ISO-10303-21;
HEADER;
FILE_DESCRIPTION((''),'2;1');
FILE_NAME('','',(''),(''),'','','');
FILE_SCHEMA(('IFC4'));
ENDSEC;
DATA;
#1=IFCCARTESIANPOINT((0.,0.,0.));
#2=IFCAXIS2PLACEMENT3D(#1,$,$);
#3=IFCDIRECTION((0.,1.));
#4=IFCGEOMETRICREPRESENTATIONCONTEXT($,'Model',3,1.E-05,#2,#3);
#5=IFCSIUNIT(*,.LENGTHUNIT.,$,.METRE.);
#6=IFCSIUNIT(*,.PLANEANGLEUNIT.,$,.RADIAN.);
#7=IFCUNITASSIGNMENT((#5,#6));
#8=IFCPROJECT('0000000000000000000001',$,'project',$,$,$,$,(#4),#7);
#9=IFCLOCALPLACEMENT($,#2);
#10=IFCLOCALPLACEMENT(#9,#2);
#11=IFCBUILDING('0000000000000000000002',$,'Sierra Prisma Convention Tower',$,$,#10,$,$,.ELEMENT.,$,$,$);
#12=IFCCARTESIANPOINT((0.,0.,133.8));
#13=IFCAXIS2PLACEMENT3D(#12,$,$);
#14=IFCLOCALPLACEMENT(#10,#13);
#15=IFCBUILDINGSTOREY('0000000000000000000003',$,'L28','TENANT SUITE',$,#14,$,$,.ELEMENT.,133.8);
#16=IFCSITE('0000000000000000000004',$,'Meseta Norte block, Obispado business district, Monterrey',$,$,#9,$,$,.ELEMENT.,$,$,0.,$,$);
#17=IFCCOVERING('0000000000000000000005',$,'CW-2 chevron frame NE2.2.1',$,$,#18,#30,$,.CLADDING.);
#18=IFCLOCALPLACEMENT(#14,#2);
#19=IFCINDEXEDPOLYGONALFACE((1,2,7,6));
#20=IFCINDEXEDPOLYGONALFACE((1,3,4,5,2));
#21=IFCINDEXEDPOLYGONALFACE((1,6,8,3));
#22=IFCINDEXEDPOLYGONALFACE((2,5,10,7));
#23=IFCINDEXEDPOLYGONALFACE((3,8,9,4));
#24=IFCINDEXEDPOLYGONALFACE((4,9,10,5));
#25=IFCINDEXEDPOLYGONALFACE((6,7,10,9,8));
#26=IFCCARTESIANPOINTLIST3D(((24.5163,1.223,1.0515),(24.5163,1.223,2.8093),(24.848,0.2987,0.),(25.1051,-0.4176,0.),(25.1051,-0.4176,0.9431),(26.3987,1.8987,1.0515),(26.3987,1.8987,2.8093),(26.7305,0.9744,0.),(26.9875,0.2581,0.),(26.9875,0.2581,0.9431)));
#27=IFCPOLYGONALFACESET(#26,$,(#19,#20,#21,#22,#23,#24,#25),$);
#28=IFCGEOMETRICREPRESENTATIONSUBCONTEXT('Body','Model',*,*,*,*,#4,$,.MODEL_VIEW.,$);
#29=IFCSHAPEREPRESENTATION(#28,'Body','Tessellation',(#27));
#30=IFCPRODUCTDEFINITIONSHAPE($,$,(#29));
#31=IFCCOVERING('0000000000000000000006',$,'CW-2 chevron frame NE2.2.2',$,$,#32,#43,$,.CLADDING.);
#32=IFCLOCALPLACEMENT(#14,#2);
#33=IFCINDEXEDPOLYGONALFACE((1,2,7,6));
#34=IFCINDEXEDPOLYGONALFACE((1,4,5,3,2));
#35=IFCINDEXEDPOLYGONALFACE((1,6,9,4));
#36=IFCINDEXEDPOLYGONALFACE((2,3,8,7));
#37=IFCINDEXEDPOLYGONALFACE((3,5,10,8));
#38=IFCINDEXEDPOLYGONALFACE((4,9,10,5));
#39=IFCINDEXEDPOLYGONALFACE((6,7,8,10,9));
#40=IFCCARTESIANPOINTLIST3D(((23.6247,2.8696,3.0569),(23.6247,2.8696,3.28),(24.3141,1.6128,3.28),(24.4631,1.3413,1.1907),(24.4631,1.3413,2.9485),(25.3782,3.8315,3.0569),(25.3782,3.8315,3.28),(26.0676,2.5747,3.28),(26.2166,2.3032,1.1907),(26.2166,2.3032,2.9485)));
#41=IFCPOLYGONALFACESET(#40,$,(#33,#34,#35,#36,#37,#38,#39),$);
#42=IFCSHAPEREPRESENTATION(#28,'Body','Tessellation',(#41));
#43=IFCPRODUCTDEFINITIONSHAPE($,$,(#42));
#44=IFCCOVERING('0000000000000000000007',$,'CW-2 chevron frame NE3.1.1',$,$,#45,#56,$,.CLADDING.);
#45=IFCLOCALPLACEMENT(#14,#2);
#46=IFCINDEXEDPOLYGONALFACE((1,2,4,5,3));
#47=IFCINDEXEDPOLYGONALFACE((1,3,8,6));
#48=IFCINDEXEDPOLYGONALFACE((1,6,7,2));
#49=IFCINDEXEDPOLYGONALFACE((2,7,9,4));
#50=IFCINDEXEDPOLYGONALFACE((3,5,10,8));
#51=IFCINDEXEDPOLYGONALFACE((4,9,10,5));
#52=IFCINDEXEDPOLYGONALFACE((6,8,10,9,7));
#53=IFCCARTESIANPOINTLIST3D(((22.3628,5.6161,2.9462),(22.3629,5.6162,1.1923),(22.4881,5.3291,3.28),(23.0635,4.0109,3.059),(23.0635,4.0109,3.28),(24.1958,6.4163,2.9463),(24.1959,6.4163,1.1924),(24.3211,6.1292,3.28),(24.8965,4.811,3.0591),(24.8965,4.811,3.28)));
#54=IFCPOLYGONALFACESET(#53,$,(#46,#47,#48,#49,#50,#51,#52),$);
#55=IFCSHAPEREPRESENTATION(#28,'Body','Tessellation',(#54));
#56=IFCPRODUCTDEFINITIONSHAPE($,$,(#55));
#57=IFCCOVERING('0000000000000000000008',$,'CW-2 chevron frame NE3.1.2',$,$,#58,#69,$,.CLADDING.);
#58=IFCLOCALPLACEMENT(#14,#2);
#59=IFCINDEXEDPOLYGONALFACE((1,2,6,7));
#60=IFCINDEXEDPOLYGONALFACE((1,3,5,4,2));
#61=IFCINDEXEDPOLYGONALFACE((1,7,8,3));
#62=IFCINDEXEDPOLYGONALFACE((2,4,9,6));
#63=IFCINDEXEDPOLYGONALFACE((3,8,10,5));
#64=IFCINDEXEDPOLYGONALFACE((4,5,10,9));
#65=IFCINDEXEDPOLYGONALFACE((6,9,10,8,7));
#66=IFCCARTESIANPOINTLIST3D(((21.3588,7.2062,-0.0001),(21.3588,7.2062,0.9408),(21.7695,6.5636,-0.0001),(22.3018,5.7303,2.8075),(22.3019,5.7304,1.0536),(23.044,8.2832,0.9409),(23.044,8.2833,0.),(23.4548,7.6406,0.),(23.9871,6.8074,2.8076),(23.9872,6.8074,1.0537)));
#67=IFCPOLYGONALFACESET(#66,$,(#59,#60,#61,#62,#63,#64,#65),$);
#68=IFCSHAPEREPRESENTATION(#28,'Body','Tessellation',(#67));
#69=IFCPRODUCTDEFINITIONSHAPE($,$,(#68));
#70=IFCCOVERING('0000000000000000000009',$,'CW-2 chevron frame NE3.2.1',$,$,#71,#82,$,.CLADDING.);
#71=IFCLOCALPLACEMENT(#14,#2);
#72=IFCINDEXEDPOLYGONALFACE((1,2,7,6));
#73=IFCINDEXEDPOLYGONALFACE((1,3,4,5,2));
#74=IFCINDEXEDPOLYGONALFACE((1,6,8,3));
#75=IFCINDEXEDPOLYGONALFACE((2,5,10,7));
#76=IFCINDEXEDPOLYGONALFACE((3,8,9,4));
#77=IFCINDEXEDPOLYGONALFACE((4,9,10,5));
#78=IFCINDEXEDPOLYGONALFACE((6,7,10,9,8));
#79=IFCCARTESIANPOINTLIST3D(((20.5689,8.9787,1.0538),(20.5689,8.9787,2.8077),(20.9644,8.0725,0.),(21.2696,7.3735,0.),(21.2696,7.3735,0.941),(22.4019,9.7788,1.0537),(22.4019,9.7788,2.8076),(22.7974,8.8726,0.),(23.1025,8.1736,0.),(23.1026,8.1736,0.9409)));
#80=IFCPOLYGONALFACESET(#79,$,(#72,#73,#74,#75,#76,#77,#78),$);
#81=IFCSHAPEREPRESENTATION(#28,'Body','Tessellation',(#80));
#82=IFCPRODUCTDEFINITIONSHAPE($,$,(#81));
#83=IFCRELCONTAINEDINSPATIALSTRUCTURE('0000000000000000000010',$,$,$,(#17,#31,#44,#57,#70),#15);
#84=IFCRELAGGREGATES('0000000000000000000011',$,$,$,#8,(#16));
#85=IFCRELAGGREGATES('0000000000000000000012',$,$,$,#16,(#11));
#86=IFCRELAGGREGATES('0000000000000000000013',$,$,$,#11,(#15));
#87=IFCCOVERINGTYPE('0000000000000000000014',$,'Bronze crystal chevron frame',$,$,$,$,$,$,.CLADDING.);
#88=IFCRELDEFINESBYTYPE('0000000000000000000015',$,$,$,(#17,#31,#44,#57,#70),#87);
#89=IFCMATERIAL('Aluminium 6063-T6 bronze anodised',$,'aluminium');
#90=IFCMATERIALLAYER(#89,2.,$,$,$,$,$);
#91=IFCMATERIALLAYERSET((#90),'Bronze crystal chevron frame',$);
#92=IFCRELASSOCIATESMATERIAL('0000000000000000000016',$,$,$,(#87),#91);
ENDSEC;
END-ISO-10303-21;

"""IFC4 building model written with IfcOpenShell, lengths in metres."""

from ifc_helpers import new_model, si_unit, direction, frame, origin, place, context, subcontext, project, spatial, polyline, outline, extrude, material, layer, layer_set, type_object, element, save


model = new_model("IFC4")

# Units and contexts
model_context = context("Model", 3, precision=1e-05, world=origin(), true_north=direction((0.0, 1.0)))
body_context = subcontext(model_context, "Body", "Model", "MODEL_VIEW")
ifc_project = project(units=[si_unit("LENGTHUNIT", "METRE"), si_unit("PLANEANGLEUNIT", "RADIAN")], contexts=[model_context])

# Site, building, storey
site_placement = place(None, origin())
site = spatial("IfcSite", under=ifc_project, at=site_placement, Name="Meseta Norte block, Obispado business district, Monterrey", CompositionType="ELEMENT", RefElevation=0.0)
building_placement = place(site_placement, origin())
building = spatial("IfcBuilding", under=site, at=building_placement, Name="Sierra Prisma Convention Tower", CompositionType="ELEMENT")
storey_placement = place(building_placement, frame((0.0, 0.0, 133.8)))
storey = spatial("IfcBuildingStorey", under=building, at=storey_placement, Name="L28", Description="TENANT SUITE", CompositionType="ELEMENT", Elevation=133.8)

# Coverings
ifc_material_1 = material(Name="Aluminium 6063-T6 bronze anodised", Category="aluminium")
ifc_layer_1 = layer(ifc_material_1, 2.0)
ifc_layer_set_1 = layer_set([ifc_layer_1], Name="Bronze crystal chevron frame")
covering_type = type_object("IfcCoveringType", Name="Bronze crystal chevron frame", PredefinedType="CLADDING", material=ifc_layer_set_1)
covering_1_placement = place(storey_placement, frame((26.9875, 0.2581, 0.0), z_axis=(0.94121, 0.337823, 0.000007), x_axis=(-0.337823, 0.94121, 0.0)))
element("IfcCovering", 1, at=covering_1_placement, inside=storey, type_object=covering_type, Name="CW-2 chevron frame NE2.2.1", PredefinedType="CLADDING", context=body_context, shape_type="SweptSolid", body=[
    extrude(outline(polyline([(0.0, 0.0), (0.761, 0.0), (1.7431, 1.0515), (1.7431, 2.8093), (0.0, 0.9431), (0.0, 0.0)])), origin(), (0.0, 0.0, -1.0), 2.0),
])
covering_2_placement = place(storey_placement, frame((25.3782, 3.8315, 3.28), z_axis=(0.876748, 0.480951, 0.0), x_axis=(0.480951, -0.876748, 0.0)))
element("IfcCovering", 2, at=covering_2_placement, inside=storey, type_object=covering_type, Name="CW-2 chevron frame NE2.2.2", PredefinedType="CLADDING", context=body_context, shape_type="SweptSolid", body=[
    extrude(outline(polyline([(0.0, 0.0), (1.4335, 0.0), (1.7432, 0.3315), (1.7432, 2.0894), (0.0, 0.2231), (0.0, 0.0)])), origin(), (0.0, 0.0, -1.0), 2.0),
])
covering_3_placement = place(storey_placement, frame((24.8965, 4.811, 3.28), z_axis=(0.91649, 0.400057, 0.000032), x_axis=(0.00003, 0.000013, -1.0)))
element("IfcCovering", 3, at=covering_3_placement, inside=storey, type_object=covering_type, Name="CW-2 chevron frame NE3.1.1", PredefinedType="CLADDING", context=body_context, shape_type="SweptSolid", body=[
    extrude(outline(polyline([(0.0, 0.0), (0.2209, 0.0), (2.0876, 1.7515), (0.3337, 1.7515), (0.0, 1.4382), (0.0, 0.0)])), origin(), (0.0, 0.0, -1.0), 2.0),
])
covering_4_placement = place(storey_placement, frame((23.9871, 6.8074, 2.8076), z_axis=(0.842616, 0.538515, 0.000068), x_axis=(0.000057, 0.000037, -1.0)))
element("IfcCovering", 4, at=covering_4_placement, inside=storey, type_object=covering_type, Name="CW-2 chevron frame NE3.1.2", PredefinedType="CLADDING", context=body_context, shape_type="SweptSolid", body=[
    extrude(outline(polyline([(0.0, 0.0), (1.7539, 0.0), (2.8076, 0.9887), (2.8076, 1.7514), (1.8667, 1.7514), (0.0, 0.0)])), origin(), (0.0, 0.0, -1.0), 2.0),
])
covering_5_placement = place(storey_placement, frame((23.1025, 8.1736, 0.0), z_axis=(0.916488, 0.400062, -0.000021), x_axis=(-0.400062, 0.916488, 0.0)))
element("IfcCovering", 5, at=covering_5_placement, inside=storey, type_object=covering_type, Name="CW-2 chevron frame NE3.2.1", PredefinedType="CLADDING", context=body_context, shape_type="SweptSolid", body=[
    extrude(outline(polyline([(0.0, 0.0), (0.7627, 0.0), (1.7515, 1.0537), (1.7515, 2.8076), (0.0, 0.9409), (0.0, 0.0)])), origin(), (0.0, 0.0, -1.0), 2.0),
])

save(model, "model.ifc")
